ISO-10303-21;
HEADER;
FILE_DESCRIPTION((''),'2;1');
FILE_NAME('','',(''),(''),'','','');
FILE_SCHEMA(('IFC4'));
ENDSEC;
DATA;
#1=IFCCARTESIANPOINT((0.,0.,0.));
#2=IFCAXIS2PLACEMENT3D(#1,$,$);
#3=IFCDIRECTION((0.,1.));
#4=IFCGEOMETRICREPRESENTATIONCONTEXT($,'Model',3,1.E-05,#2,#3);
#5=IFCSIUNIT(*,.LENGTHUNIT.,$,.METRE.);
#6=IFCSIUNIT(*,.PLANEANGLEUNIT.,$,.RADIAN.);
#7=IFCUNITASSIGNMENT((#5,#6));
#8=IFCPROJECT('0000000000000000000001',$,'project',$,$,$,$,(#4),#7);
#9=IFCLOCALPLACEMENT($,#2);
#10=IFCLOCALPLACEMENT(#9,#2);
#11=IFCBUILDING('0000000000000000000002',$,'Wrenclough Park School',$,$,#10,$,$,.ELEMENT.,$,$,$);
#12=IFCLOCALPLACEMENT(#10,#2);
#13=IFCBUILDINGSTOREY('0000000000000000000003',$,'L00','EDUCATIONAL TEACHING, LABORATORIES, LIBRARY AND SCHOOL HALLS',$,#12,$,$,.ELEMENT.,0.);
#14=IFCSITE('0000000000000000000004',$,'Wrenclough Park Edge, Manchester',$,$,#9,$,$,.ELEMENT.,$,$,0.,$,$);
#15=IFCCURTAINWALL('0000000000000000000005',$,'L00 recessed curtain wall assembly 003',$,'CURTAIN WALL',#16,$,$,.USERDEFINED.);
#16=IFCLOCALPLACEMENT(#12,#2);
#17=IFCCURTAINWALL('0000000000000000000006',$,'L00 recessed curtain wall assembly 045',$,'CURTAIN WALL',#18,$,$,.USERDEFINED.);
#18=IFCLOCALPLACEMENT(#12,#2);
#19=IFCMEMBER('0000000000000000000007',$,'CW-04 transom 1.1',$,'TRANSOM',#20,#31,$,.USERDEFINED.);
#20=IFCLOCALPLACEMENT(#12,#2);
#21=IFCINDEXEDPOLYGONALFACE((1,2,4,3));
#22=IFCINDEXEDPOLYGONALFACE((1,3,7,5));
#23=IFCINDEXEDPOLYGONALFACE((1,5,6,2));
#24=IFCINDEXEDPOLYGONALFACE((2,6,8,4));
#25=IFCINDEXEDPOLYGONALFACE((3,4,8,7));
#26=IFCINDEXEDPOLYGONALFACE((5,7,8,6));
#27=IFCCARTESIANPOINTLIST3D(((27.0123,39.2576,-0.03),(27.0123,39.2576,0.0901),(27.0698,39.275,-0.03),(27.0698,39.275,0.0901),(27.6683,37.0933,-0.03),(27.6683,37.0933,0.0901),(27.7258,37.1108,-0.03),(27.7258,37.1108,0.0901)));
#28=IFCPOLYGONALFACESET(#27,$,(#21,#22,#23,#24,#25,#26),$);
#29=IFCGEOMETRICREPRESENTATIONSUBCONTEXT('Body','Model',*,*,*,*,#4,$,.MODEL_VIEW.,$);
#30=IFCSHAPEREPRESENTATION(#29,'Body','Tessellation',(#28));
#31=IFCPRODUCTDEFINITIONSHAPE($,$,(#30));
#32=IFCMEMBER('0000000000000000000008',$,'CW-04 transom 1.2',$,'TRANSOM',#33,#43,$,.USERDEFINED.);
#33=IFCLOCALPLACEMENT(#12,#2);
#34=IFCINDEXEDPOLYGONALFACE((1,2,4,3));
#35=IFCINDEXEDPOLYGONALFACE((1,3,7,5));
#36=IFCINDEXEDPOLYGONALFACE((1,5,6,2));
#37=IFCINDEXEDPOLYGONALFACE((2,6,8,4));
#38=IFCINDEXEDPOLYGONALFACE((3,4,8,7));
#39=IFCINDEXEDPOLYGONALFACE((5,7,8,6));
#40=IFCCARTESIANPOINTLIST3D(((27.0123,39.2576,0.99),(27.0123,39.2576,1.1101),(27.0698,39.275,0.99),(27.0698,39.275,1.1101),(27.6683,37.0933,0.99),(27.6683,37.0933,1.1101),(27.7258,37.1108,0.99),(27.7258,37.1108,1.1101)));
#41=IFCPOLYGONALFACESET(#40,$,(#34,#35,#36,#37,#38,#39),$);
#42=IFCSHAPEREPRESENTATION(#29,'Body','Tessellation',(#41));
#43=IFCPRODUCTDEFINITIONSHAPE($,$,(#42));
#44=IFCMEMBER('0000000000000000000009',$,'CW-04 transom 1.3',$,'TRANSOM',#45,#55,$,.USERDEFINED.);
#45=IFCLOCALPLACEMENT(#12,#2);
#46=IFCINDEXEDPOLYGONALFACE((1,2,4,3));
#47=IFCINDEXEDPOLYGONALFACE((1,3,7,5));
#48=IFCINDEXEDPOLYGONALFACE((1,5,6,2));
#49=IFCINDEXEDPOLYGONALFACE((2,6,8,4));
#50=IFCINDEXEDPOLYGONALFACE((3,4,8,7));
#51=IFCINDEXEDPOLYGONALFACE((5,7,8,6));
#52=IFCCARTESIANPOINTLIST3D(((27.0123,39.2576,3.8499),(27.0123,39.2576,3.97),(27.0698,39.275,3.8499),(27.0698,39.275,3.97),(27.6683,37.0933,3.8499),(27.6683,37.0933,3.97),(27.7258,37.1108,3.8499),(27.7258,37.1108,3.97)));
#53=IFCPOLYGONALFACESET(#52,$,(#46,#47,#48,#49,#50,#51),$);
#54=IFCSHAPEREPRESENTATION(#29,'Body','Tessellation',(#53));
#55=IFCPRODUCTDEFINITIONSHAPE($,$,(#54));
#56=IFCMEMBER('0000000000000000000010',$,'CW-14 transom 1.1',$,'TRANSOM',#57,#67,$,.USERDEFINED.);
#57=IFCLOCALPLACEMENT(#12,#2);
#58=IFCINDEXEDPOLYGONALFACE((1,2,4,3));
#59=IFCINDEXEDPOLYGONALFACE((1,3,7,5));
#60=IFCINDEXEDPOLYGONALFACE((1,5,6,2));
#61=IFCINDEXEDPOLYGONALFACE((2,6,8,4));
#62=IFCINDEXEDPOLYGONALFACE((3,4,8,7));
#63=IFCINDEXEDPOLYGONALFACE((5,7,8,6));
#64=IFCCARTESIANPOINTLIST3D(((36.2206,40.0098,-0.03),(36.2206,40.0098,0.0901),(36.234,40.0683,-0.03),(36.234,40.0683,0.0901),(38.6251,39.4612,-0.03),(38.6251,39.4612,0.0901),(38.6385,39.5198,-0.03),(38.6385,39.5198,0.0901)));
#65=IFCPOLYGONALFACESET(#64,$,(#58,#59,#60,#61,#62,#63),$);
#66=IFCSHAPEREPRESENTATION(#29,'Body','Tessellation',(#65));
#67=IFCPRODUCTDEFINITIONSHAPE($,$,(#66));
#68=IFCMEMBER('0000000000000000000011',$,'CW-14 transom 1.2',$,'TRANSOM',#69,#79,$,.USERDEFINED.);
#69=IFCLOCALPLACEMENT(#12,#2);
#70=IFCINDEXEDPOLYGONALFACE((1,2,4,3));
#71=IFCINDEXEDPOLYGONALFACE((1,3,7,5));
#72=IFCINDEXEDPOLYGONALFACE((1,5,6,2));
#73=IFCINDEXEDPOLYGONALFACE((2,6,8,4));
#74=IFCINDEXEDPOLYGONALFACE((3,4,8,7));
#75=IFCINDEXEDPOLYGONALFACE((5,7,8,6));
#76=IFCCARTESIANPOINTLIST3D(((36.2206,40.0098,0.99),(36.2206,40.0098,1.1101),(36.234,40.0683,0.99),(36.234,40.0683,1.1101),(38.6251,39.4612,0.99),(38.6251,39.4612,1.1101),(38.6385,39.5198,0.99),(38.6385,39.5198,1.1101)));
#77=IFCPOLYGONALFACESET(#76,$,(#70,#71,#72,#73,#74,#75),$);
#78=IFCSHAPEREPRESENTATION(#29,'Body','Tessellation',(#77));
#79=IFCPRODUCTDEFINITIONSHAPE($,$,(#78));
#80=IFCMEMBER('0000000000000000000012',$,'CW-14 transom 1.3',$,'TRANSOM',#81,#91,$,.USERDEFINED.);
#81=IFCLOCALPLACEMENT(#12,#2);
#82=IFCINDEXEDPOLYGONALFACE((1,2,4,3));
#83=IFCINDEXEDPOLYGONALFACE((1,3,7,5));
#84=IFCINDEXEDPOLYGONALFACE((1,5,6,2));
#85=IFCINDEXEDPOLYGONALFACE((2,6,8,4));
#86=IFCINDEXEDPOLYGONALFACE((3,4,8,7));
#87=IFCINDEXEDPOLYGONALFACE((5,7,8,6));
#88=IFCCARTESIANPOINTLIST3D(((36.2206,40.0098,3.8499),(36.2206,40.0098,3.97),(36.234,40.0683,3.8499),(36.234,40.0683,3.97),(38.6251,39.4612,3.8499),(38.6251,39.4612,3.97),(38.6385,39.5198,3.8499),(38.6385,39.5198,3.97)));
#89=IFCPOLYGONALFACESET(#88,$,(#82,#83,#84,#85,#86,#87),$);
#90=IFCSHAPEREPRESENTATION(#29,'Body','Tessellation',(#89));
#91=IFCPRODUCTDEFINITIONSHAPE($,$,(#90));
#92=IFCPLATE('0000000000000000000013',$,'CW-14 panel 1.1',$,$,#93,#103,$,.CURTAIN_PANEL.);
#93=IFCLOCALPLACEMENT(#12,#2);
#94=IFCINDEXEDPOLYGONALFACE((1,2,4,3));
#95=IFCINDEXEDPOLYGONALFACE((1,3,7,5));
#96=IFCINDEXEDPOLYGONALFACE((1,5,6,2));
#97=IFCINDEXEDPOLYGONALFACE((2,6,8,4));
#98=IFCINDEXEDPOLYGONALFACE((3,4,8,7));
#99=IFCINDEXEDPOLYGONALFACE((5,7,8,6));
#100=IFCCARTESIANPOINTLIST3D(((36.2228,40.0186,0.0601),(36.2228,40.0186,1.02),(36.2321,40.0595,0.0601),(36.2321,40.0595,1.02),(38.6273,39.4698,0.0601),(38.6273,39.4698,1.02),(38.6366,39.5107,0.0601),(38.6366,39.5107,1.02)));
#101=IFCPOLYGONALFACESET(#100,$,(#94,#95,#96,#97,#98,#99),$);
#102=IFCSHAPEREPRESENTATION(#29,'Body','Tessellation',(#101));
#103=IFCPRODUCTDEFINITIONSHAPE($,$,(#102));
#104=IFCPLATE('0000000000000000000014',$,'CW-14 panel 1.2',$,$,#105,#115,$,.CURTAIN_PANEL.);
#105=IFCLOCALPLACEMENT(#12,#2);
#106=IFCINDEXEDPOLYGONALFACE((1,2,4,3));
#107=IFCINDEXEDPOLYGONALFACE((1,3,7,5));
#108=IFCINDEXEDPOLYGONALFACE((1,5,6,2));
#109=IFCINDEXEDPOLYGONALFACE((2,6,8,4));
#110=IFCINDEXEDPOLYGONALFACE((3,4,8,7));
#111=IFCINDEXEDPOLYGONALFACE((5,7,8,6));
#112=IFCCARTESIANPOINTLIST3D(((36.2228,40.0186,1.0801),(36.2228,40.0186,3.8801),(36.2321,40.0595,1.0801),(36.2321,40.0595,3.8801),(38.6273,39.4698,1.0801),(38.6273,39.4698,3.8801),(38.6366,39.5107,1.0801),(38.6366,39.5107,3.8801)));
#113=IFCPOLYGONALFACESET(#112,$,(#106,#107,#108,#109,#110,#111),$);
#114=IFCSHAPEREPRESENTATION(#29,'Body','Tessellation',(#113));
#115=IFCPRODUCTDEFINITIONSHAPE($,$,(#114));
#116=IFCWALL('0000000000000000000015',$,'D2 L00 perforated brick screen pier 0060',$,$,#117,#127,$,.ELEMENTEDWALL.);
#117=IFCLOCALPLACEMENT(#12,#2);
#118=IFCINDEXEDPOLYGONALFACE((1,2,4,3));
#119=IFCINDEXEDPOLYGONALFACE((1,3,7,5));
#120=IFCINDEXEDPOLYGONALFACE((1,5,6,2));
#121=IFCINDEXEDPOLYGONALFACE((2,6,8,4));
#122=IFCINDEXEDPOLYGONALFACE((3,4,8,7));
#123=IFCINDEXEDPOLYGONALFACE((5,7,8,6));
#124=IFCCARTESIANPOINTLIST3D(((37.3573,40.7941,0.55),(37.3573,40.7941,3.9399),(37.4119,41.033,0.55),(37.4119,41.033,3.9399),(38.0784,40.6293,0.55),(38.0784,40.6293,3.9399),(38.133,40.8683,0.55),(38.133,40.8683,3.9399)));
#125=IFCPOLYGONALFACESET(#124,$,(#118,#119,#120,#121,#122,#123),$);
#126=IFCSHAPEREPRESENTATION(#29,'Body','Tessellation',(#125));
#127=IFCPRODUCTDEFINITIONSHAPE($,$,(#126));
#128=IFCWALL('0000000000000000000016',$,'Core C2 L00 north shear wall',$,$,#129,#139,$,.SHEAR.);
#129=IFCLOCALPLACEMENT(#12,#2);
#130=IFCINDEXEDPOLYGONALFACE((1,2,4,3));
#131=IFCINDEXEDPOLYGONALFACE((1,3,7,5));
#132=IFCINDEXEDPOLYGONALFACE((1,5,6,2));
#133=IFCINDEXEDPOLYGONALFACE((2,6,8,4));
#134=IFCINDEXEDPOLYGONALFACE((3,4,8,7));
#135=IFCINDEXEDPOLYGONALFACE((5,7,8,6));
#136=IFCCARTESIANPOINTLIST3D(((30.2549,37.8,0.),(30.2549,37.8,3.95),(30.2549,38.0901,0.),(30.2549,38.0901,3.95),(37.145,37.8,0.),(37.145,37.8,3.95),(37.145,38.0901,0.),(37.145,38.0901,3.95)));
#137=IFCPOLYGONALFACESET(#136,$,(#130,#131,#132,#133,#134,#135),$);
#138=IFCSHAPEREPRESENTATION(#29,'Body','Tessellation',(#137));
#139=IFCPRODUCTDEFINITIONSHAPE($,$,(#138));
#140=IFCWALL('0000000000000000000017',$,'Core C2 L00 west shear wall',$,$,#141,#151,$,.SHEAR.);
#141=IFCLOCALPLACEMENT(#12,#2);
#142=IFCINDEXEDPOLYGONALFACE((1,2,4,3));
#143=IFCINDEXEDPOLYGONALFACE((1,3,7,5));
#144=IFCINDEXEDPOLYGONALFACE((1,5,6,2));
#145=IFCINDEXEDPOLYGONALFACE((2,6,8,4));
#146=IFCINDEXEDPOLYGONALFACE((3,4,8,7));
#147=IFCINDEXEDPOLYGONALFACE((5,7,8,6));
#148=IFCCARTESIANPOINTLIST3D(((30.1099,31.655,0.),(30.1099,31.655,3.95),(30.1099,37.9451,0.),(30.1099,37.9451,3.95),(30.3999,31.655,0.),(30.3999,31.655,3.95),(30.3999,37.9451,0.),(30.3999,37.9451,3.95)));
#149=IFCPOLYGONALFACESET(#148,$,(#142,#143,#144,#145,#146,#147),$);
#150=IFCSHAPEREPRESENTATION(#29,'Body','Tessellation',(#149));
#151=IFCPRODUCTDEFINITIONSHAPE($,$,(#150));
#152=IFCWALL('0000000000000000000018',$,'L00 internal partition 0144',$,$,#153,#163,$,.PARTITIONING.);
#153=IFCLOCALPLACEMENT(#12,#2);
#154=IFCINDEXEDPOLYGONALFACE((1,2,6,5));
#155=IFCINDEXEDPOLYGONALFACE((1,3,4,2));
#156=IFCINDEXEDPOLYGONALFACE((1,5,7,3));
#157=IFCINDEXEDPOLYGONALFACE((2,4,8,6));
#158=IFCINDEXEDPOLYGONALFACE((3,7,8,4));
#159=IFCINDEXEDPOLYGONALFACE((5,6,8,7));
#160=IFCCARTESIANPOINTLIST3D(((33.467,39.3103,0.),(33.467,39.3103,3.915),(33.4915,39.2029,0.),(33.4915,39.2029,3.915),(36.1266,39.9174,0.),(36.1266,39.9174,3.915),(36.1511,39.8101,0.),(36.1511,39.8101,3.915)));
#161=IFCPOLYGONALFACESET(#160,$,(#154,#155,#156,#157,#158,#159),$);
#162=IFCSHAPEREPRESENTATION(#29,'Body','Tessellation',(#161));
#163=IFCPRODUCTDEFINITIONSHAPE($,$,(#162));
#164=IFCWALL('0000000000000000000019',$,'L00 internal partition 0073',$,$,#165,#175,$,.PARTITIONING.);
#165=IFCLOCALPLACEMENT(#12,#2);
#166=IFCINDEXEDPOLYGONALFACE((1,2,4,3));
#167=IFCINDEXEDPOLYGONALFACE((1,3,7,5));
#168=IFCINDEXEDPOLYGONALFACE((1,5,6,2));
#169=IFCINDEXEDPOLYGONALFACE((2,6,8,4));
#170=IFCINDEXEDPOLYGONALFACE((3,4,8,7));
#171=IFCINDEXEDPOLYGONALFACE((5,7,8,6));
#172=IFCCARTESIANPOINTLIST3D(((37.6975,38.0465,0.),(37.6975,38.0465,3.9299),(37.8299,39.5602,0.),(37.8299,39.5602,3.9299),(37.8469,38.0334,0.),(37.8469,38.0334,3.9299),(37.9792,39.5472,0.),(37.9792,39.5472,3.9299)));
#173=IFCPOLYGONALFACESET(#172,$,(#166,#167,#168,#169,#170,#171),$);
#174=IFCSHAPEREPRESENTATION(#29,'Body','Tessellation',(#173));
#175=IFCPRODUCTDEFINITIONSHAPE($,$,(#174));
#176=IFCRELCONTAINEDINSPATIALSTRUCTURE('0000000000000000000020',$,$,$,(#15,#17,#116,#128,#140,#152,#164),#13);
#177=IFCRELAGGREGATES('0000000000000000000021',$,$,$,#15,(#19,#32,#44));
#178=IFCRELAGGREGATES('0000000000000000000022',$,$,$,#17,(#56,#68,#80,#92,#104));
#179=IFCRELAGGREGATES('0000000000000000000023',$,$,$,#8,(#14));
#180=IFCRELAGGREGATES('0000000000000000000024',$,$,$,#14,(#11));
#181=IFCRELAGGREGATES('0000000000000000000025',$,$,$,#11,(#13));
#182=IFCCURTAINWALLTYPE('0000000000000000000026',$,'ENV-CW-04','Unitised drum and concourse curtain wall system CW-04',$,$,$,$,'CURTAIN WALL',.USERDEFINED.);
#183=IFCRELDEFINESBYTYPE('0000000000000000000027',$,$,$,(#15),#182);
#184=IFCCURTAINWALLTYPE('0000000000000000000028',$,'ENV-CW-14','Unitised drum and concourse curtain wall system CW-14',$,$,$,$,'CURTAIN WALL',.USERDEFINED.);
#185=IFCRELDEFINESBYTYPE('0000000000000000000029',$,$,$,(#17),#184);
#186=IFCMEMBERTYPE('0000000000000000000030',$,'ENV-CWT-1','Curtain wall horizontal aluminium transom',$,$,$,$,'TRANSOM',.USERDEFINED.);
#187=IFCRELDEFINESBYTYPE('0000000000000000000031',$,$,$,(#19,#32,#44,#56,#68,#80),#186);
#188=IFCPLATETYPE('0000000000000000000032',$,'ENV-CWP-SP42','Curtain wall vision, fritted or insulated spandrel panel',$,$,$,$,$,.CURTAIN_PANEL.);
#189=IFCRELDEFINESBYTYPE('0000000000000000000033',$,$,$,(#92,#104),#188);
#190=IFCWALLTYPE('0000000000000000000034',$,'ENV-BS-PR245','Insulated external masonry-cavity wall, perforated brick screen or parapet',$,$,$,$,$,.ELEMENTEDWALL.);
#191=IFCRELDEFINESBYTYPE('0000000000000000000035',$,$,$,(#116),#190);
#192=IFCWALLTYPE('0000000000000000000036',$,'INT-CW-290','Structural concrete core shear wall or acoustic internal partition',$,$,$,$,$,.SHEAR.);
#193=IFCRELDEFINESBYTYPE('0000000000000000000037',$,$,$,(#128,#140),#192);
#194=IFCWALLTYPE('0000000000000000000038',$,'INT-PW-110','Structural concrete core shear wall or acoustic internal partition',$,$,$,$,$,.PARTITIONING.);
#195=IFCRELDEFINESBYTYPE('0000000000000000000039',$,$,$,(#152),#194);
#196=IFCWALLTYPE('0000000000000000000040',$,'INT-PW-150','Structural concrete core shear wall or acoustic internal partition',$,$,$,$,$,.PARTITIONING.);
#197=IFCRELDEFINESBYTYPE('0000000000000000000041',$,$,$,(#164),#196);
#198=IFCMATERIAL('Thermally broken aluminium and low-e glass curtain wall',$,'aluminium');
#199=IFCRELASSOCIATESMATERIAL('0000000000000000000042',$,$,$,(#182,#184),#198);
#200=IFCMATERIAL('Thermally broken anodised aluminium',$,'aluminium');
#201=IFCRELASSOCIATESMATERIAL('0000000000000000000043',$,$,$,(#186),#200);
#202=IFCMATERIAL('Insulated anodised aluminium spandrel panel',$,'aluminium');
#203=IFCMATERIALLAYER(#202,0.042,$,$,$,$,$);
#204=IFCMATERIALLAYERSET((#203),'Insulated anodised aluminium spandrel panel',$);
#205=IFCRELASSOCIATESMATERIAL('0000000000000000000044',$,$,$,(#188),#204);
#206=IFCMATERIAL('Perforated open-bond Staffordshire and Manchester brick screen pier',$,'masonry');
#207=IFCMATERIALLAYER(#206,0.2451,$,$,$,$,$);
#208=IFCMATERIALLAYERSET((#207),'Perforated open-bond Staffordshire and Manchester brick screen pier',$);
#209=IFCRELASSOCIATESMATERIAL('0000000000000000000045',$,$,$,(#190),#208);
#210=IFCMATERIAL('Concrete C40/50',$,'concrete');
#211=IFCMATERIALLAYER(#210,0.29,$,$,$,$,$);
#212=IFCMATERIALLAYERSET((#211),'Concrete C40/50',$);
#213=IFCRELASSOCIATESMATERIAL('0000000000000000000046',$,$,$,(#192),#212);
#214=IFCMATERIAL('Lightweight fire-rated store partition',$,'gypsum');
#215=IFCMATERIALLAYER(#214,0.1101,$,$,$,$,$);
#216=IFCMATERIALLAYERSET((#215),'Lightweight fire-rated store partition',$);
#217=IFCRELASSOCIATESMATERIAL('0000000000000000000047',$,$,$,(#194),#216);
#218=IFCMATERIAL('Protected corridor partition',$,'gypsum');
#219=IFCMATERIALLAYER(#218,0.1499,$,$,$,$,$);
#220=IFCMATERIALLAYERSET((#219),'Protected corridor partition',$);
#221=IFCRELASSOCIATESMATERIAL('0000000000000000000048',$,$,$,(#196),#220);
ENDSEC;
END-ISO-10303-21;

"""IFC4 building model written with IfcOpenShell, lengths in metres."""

from ifc_helpers import new_model, si_unit, direction, frame, frame_2d, origin, origin_2d, place, context, subcontext, project, spatial, rectangle, extrude, material, layer, layer_set, material_profile, profile_set, type_object, element, aggregate, save


model = new_model("IFC4")

# Units and contexts
model_context = context("Model", 3, precision=1e-05, world=origin(), true_north=direction((0.0, 1.0)))
body_context = subcontext(model_context, "Body", "Model", "MODEL_VIEW")
ifc_project = project(units=[si_unit("LENGTHUNIT", "METRE"), si_unit("PLANEANGLEUNIT", "RADIAN")], contexts=[model_context])

# Site, building, storey
site_placement = place(None, origin())
site = spatial("IfcSite", under=ifc_project, at=site_placement, Name="Wrenclough Park Edge, Manchester", CompositionType="ELEMENT", RefElevation=0.0)
building_placement = place(site_placement, origin())
building = spatial("IfcBuilding", under=site, at=building_placement, Name="Wrenclough Park School", CompositionType="ELEMENT")
storey_placement = place(building_placement, origin())
storey = spatial("IfcBuildingStorey", under=building, at=storey_placement, Name="L00", Description="EDUCATIONAL TEACHING, LABORATORIES, LIBRARY AND SCHOOL HALLS", CompositionType="ELEMENT", Elevation=0.0)

# Shared definitions
ifc_material_1 = material(Name="Concrete C40/50", Category="concrete")

# Curtain walls
ifc_material_2 = material(Name="Thermally broken aluminium and low-e glass curtain wall", Category="aluminium")
curtain_wall_type_1 = type_object("IfcCurtainWallType", Name="ENV-CW-04", Description="Unitised drum and concourse curtain wall system CW-04", ElementType="CURTAIN WALL", PredefinedType="USERDEFINED", material=ifc_material_2)
curtain_wall_1_placement = place(storey_placement, origin())
curtain_wall_1 = element("IfcCurtainWall", 1, at=curtain_wall_1_placement, inside=storey, type_object=curtain_wall_type_1, Name="L00 recessed curtain wall assembly 003", ObjectType="CURTAIN WALL", PredefinedType="USERDEFINED")
ifc_material_3 = material(Name="Thermally broken anodised aluminium", Category="aluminium")
curtain_wall_type_2 = type_object("IfcCurtainWallType", Name="ENV-CW-14", Description="Unitised drum and concourse curtain wall system CW-14", ElementType="CURTAIN WALL", PredefinedType="USERDEFINED", material=ifc_material_2)
curtain_wall_2_placement = place(storey_placement, origin())
curtain_wall_2 = element("IfcCurtainWall", 2, at=curtain_wall_2_placement, inside=storey, type_object=curtain_wall_type_2, Name="L00 recessed curtain wall assembly 045", ObjectType="CURTAIN WALL", PredefinedType="USERDEFINED")

# Members
ifc_material_profile_1 = material_profile(ifc_material_3, rectangle(XDim=0.0601, YDim=0.1201, at=origin_2d()), Name="AL TRANSOM 60x120")
ifc_profile_set_1 = profile_set([ifc_material_profile_1], Name="Thermally broken anodised aluminium")
member_type_1 = type_object("IfcMemberType", Name="ENV-CWT-1", Description="Curtain wall horizontal aluminium transom", ElementType="TRANSOM", PredefinedType="USERDEFINED", material=ifc_profile_set_1)
member_1_placement = place(storey_placement, frame((27.697, 37.1021, 0.03), z_axis=(-0.29007, 0.957005, 0.0), x_axis=(-0.957005, -0.29007, 0.0)))
member_1 = element("IfcMember", 3, at=member_1_placement, type_object=member_type_1, Name="CW-04 transom 1.1", ObjectType="TRANSOM", PredefinedType="USERDEFINED", context=body_context, shape_type="SweptSolid", body=[
    extrude(rectangle(XDim=0.0601, YDim=0.1201, at=origin_2d()), origin(), (0.0, 0.0, 1.0), 2.2615),
])
member_2_placement = place(storey_placement, frame((27.697, 37.1021, 1.05), z_axis=(-0.29007, 0.957005, 0.0), x_axis=(-0.957005, -0.29007, 0.0)))
member_2 = element("IfcMember", 4, at=member_2_placement, type_object=member_type_1, Name="CW-04 transom 1.2", ObjectType="TRANSOM", PredefinedType="USERDEFINED", context=body_context, shape_type="SweptSolid", body=[
    extrude(rectangle(XDim=0.0601, YDim=0.1201, at=origin_2d()), origin(), (0.0, 0.0, 1.0), 2.2615),
])
member_3_placement = place(storey_placement, frame((27.697, 37.1021, 3.9099), z_axis=(-0.29007, 0.957005, 0.0), x_axis=(-0.957005, -0.29007, 0.0)))
member_3 = element("IfcMember", 5, at=member_3_placement, type_object=member_type_1, Name="CW-04 transom 1.3", ObjectType="TRANSOM", PredefinedType="USERDEFINED", context=body_context, shape_type="SweptSolid", body=[
    extrude(rectangle(XDim=0.0601, YDim=0.1201, at=origin_2d()), origin(), (0.0, 0.0, 1.0), 2.2615),
])
aggregate(curtain_wall_1, [member_1, member_2, member_3])
member_4_placement = place(storey_placement, frame((36.2273, 40.0391, 0.03), z_axis=(0.974949, -0.22243, 0.0), x_axis=(0.22243, 0.974949, 0.0)))
member_4 = element("IfcMember", 6, at=member_4_placement, type_object=member_type_1, Name="CW-14 transom 1.1", ObjectType="TRANSOM", PredefinedType="USERDEFINED", context=body_context, shape_type="SweptSolid", body=[
    extrude(rectangle(XDim=0.0601, YDim=0.1201, at=origin_2d()), origin(), (0.0, 0.0, 1.0), 2.4663),
])
member_5_placement = place(storey_placement, frame((36.2273, 40.0391, 1.05), z_axis=(0.974949, -0.22243, 0.0), x_axis=(0.22243, 0.974949, 0.0)))
member_5 = element("IfcMember", 7, at=member_5_placement, type_object=member_type_1, Name="CW-14 transom 1.2", ObjectType="TRANSOM", PredefinedType="USERDEFINED", context=body_context, shape_type="SweptSolid", body=[
    extrude(rectangle(XDim=0.0601, YDim=0.1201, at=origin_2d()), origin(), (0.0, 0.0, 1.0), 2.4663),
])
member_6_placement = place(storey_placement, frame((36.2273, 40.0391, 3.9099), z_axis=(0.974949, -0.22243, 0.0), x_axis=(0.22243, 0.974949, 0.0)))
member_6 = element("IfcMember", 8, at=member_6_placement, type_object=member_type_1, Name="CW-14 transom 1.3", ObjectType="TRANSOM", PredefinedType="USERDEFINED", context=body_context, shape_type="SweptSolid", body=[
    extrude(rectangle(XDim=0.0601, YDim=0.1201, at=origin_2d()), origin(), (0.0, 0.0, 1.0), 2.4663),
])

# Plates
ifc_material_4 = material(Name="Insulated anodised aluminium spandrel panel", Category="aluminium")
ifc_layer_1 = layer(ifc_material_4, 0.042)
ifc_layer_set_1 = layer_set([ifc_layer_1], Name="Insulated anodised aluminium spandrel panel")
plate_type = type_object("IfcPlateType", Name="ENV-CWP-SP42", Description="Curtain wall vision, fritted or insulated spandrel panel", PredefinedType="CURTAIN_PANEL", material=ifc_layer_set_1)
plate_1_placement = place(storey_placement, frame((37.4297, 39.7646, 0.0601), z_axis=(0.0, 0.0, 1.0), x_axis=(0.974929, -0.222516, 0.0)))
plate_1 = element("IfcPlate", 9, at=plate_1_placement, type_object=plate_type, Name="CW-14 panel 1.1", PredefinedType="CURTAIN_PANEL", context=body_context, shape_type="SweptSolid", body=[
    extrude(rectangle(XDim=2.4663, YDim=0.042, at=origin_2d()), origin(), (0.0, 0.0, 1.0), 0.96),
])
plate_2_placement = place(storey_placement, frame((37.4297, 39.7646, 1.0801), z_axis=(0.0, 0.0, 1.0), x_axis=(0.974929, -0.222516, 0.0)))
plate_2 = element("IfcPlate", 10, at=plate_2_placement, type_object=plate_type, Name="CW-14 panel 1.2", PredefinedType="CURTAIN_PANEL", context=body_context, shape_type="SweptSolid", body=[
    extrude(rectangle(XDim=2.4663, YDim=0.042, at=origin_2d()), origin(), (0.0, 0.0, 1.0), 2.8),
])
aggregate(curtain_wall_2, [member_4, member_5, member_6, plate_1, plate_2])

# Walls
ifc_material_5 = material(Name="Perforated open-bond Staffordshire and Manchester brick screen pier", Category="masonry")
ifc_layer_2 = layer(ifc_material_5, 0.2451)
ifc_layer_set_2 = layer_set([ifc_layer_2], Name="Perforated open-bond Staffordshire and Manchester brick screen pier")
wall_type_1 = type_object("IfcWallType", Name="ENV-BS-PR245", Description="Insulated external masonry-cavity wall, perforated brick screen or parapet", PredefinedType="ELEMENTEDWALL", material=ifc_layer_set_2)
wall_1_placement = place(storey_placement, frame((38.1057, 40.7488, 0.55), z_axis=(0.0, 0.0, 1.0), x_axis=(-0.974873, 0.222762, 0.0)))
element("IfcWall", 11, at=wall_1_placement, inside=storey, type_object=wall_type_1, Name="D2 L00 perforated brick screen pier 0060", PredefinedType="ELEMENTEDWALL", context=body_context, shape_type="SweptSolid", body=[
    extrude(rectangle(XDim=0.7397, YDim=0.2451, at=frame_2d((0.3699, 0.0))), origin(), (0.0, 0.0, 1.0), 3.3899),
])
ifc_layer_3 = layer(ifc_material_1, 0.29)
ifc_layer_set_3 = layer_set([ifc_layer_3], Name="Concrete C40/50")
wall_type_2 = type_object("IfcWallType", Name="INT-CW-290", Description="Structural concrete core shear wall or acoustic internal partition", PredefinedType="SHEAR", material=ifc_layer_set_3)
wall_2_placement = place(storey_placement, frame((37.145, 37.9451, 0.0), z_axis=(0.0, 0.0, 1.0), x_axis=(-1.0, 0.0, 0.0)))
element("IfcWall", 12, at=wall_2_placement, inside=storey, type_object=wall_type_2, Name="Core C2 L00 north shear wall", PredefinedType="SHEAR", context=body_context, shape_type="SweptSolid", body=[
    extrude(rectangle(XDim=6.8901, YDim=0.29, at=frame_2d((3.4451, 0.0))), origin(), (0.0, 0.0, 1.0), 3.95),
])
wall_3_placement = place(storey_placement, frame((30.2549, 37.9451, 0.0), z_axis=(0.0, 0.0, 1.0), x_axis=(0.0, -1.0, 0.0)))
element("IfcWall", 13, at=wall_3_placement, inside=storey, type_object=wall_type_2, Name="Core C2 L00 west shear wall", PredefinedType="SHEAR", context=body_context, shape_type="SweptSolid", body=[
    extrude(rectangle(XDim=6.29, YDim=0.29, at=frame_2d((3.145, 0.0))), origin(), (0.0, 0.0, 1.0), 3.95),
])
ifc_material_6 = material(Name="Lightweight fire-rated store partition", Category="gypsum")
ifc_layer_4 = layer(ifc_material_6, 0.1101)
ifc_layer_set_4 = layer_set([ifc_layer_4], Name="Lightweight fire-rated store partition")
wall_type_3 = type_object("IfcWallType", Name="INT-PW-110", Description="Structural concrete core shear wall or acoustic internal partition", PredefinedType="PARTITIONING", material=ifc_layer_set_4)
wall_4_placement = place(storey_placement, frame((33.4792, 39.2566, 0.0), z_axis=(0.0, 0.0, 1.0), x_axis=(0.974918, 0.222565, 0.0)))
element("IfcWall", 14, at=wall_4_placement, inside=storey, type_object=wall_type_3, Name="L00 internal partition 0144", PredefinedType="PARTITIONING", context=body_context, shape_type="SweptSolid", body=[
    extrude(rectangle(XDim=2.728, YDim=0.1101, at=frame_2d((1.364, 0.0))), origin(), (0.0, 0.0, 1.0), 3.915),
])
ifc_material_7 = material(Name="Protected corridor partition", Category="gypsum")
ifc_layer_5 = layer(ifc_material_7, 0.1499)
ifc_layer_set_5 = layer_set([ifc_layer_5], Name="Protected corridor partition")
wall_type_4 = type_object("IfcWallType", Name="INT-PW-150", Description="Structural concrete core shear wall or acoustic internal partition", PredefinedType="PARTITIONING", material=ifc_layer_set_5)
wall_5_placement = place(storey_placement, frame((37.9045, 39.5537, 0.0), z_axis=(0.0, 0.0, 1.0), x_axis=(-0.087087, -0.996201, 0.0)))
element("IfcWall", 15, at=wall_5_placement, inside=storey, type_object=wall_type_4, Name="L00 internal partition 0073", PredefinedType="PARTITIONING", context=body_context, shape_type="SweptSolid", body=[
    extrude(rectangle(XDim=1.5195, YDim=0.1499, at=frame_2d((0.7598, 0.0))), origin(), (0.0, 0.0, 1.0), 3.9299),
])

save(model, "model.ifc")
